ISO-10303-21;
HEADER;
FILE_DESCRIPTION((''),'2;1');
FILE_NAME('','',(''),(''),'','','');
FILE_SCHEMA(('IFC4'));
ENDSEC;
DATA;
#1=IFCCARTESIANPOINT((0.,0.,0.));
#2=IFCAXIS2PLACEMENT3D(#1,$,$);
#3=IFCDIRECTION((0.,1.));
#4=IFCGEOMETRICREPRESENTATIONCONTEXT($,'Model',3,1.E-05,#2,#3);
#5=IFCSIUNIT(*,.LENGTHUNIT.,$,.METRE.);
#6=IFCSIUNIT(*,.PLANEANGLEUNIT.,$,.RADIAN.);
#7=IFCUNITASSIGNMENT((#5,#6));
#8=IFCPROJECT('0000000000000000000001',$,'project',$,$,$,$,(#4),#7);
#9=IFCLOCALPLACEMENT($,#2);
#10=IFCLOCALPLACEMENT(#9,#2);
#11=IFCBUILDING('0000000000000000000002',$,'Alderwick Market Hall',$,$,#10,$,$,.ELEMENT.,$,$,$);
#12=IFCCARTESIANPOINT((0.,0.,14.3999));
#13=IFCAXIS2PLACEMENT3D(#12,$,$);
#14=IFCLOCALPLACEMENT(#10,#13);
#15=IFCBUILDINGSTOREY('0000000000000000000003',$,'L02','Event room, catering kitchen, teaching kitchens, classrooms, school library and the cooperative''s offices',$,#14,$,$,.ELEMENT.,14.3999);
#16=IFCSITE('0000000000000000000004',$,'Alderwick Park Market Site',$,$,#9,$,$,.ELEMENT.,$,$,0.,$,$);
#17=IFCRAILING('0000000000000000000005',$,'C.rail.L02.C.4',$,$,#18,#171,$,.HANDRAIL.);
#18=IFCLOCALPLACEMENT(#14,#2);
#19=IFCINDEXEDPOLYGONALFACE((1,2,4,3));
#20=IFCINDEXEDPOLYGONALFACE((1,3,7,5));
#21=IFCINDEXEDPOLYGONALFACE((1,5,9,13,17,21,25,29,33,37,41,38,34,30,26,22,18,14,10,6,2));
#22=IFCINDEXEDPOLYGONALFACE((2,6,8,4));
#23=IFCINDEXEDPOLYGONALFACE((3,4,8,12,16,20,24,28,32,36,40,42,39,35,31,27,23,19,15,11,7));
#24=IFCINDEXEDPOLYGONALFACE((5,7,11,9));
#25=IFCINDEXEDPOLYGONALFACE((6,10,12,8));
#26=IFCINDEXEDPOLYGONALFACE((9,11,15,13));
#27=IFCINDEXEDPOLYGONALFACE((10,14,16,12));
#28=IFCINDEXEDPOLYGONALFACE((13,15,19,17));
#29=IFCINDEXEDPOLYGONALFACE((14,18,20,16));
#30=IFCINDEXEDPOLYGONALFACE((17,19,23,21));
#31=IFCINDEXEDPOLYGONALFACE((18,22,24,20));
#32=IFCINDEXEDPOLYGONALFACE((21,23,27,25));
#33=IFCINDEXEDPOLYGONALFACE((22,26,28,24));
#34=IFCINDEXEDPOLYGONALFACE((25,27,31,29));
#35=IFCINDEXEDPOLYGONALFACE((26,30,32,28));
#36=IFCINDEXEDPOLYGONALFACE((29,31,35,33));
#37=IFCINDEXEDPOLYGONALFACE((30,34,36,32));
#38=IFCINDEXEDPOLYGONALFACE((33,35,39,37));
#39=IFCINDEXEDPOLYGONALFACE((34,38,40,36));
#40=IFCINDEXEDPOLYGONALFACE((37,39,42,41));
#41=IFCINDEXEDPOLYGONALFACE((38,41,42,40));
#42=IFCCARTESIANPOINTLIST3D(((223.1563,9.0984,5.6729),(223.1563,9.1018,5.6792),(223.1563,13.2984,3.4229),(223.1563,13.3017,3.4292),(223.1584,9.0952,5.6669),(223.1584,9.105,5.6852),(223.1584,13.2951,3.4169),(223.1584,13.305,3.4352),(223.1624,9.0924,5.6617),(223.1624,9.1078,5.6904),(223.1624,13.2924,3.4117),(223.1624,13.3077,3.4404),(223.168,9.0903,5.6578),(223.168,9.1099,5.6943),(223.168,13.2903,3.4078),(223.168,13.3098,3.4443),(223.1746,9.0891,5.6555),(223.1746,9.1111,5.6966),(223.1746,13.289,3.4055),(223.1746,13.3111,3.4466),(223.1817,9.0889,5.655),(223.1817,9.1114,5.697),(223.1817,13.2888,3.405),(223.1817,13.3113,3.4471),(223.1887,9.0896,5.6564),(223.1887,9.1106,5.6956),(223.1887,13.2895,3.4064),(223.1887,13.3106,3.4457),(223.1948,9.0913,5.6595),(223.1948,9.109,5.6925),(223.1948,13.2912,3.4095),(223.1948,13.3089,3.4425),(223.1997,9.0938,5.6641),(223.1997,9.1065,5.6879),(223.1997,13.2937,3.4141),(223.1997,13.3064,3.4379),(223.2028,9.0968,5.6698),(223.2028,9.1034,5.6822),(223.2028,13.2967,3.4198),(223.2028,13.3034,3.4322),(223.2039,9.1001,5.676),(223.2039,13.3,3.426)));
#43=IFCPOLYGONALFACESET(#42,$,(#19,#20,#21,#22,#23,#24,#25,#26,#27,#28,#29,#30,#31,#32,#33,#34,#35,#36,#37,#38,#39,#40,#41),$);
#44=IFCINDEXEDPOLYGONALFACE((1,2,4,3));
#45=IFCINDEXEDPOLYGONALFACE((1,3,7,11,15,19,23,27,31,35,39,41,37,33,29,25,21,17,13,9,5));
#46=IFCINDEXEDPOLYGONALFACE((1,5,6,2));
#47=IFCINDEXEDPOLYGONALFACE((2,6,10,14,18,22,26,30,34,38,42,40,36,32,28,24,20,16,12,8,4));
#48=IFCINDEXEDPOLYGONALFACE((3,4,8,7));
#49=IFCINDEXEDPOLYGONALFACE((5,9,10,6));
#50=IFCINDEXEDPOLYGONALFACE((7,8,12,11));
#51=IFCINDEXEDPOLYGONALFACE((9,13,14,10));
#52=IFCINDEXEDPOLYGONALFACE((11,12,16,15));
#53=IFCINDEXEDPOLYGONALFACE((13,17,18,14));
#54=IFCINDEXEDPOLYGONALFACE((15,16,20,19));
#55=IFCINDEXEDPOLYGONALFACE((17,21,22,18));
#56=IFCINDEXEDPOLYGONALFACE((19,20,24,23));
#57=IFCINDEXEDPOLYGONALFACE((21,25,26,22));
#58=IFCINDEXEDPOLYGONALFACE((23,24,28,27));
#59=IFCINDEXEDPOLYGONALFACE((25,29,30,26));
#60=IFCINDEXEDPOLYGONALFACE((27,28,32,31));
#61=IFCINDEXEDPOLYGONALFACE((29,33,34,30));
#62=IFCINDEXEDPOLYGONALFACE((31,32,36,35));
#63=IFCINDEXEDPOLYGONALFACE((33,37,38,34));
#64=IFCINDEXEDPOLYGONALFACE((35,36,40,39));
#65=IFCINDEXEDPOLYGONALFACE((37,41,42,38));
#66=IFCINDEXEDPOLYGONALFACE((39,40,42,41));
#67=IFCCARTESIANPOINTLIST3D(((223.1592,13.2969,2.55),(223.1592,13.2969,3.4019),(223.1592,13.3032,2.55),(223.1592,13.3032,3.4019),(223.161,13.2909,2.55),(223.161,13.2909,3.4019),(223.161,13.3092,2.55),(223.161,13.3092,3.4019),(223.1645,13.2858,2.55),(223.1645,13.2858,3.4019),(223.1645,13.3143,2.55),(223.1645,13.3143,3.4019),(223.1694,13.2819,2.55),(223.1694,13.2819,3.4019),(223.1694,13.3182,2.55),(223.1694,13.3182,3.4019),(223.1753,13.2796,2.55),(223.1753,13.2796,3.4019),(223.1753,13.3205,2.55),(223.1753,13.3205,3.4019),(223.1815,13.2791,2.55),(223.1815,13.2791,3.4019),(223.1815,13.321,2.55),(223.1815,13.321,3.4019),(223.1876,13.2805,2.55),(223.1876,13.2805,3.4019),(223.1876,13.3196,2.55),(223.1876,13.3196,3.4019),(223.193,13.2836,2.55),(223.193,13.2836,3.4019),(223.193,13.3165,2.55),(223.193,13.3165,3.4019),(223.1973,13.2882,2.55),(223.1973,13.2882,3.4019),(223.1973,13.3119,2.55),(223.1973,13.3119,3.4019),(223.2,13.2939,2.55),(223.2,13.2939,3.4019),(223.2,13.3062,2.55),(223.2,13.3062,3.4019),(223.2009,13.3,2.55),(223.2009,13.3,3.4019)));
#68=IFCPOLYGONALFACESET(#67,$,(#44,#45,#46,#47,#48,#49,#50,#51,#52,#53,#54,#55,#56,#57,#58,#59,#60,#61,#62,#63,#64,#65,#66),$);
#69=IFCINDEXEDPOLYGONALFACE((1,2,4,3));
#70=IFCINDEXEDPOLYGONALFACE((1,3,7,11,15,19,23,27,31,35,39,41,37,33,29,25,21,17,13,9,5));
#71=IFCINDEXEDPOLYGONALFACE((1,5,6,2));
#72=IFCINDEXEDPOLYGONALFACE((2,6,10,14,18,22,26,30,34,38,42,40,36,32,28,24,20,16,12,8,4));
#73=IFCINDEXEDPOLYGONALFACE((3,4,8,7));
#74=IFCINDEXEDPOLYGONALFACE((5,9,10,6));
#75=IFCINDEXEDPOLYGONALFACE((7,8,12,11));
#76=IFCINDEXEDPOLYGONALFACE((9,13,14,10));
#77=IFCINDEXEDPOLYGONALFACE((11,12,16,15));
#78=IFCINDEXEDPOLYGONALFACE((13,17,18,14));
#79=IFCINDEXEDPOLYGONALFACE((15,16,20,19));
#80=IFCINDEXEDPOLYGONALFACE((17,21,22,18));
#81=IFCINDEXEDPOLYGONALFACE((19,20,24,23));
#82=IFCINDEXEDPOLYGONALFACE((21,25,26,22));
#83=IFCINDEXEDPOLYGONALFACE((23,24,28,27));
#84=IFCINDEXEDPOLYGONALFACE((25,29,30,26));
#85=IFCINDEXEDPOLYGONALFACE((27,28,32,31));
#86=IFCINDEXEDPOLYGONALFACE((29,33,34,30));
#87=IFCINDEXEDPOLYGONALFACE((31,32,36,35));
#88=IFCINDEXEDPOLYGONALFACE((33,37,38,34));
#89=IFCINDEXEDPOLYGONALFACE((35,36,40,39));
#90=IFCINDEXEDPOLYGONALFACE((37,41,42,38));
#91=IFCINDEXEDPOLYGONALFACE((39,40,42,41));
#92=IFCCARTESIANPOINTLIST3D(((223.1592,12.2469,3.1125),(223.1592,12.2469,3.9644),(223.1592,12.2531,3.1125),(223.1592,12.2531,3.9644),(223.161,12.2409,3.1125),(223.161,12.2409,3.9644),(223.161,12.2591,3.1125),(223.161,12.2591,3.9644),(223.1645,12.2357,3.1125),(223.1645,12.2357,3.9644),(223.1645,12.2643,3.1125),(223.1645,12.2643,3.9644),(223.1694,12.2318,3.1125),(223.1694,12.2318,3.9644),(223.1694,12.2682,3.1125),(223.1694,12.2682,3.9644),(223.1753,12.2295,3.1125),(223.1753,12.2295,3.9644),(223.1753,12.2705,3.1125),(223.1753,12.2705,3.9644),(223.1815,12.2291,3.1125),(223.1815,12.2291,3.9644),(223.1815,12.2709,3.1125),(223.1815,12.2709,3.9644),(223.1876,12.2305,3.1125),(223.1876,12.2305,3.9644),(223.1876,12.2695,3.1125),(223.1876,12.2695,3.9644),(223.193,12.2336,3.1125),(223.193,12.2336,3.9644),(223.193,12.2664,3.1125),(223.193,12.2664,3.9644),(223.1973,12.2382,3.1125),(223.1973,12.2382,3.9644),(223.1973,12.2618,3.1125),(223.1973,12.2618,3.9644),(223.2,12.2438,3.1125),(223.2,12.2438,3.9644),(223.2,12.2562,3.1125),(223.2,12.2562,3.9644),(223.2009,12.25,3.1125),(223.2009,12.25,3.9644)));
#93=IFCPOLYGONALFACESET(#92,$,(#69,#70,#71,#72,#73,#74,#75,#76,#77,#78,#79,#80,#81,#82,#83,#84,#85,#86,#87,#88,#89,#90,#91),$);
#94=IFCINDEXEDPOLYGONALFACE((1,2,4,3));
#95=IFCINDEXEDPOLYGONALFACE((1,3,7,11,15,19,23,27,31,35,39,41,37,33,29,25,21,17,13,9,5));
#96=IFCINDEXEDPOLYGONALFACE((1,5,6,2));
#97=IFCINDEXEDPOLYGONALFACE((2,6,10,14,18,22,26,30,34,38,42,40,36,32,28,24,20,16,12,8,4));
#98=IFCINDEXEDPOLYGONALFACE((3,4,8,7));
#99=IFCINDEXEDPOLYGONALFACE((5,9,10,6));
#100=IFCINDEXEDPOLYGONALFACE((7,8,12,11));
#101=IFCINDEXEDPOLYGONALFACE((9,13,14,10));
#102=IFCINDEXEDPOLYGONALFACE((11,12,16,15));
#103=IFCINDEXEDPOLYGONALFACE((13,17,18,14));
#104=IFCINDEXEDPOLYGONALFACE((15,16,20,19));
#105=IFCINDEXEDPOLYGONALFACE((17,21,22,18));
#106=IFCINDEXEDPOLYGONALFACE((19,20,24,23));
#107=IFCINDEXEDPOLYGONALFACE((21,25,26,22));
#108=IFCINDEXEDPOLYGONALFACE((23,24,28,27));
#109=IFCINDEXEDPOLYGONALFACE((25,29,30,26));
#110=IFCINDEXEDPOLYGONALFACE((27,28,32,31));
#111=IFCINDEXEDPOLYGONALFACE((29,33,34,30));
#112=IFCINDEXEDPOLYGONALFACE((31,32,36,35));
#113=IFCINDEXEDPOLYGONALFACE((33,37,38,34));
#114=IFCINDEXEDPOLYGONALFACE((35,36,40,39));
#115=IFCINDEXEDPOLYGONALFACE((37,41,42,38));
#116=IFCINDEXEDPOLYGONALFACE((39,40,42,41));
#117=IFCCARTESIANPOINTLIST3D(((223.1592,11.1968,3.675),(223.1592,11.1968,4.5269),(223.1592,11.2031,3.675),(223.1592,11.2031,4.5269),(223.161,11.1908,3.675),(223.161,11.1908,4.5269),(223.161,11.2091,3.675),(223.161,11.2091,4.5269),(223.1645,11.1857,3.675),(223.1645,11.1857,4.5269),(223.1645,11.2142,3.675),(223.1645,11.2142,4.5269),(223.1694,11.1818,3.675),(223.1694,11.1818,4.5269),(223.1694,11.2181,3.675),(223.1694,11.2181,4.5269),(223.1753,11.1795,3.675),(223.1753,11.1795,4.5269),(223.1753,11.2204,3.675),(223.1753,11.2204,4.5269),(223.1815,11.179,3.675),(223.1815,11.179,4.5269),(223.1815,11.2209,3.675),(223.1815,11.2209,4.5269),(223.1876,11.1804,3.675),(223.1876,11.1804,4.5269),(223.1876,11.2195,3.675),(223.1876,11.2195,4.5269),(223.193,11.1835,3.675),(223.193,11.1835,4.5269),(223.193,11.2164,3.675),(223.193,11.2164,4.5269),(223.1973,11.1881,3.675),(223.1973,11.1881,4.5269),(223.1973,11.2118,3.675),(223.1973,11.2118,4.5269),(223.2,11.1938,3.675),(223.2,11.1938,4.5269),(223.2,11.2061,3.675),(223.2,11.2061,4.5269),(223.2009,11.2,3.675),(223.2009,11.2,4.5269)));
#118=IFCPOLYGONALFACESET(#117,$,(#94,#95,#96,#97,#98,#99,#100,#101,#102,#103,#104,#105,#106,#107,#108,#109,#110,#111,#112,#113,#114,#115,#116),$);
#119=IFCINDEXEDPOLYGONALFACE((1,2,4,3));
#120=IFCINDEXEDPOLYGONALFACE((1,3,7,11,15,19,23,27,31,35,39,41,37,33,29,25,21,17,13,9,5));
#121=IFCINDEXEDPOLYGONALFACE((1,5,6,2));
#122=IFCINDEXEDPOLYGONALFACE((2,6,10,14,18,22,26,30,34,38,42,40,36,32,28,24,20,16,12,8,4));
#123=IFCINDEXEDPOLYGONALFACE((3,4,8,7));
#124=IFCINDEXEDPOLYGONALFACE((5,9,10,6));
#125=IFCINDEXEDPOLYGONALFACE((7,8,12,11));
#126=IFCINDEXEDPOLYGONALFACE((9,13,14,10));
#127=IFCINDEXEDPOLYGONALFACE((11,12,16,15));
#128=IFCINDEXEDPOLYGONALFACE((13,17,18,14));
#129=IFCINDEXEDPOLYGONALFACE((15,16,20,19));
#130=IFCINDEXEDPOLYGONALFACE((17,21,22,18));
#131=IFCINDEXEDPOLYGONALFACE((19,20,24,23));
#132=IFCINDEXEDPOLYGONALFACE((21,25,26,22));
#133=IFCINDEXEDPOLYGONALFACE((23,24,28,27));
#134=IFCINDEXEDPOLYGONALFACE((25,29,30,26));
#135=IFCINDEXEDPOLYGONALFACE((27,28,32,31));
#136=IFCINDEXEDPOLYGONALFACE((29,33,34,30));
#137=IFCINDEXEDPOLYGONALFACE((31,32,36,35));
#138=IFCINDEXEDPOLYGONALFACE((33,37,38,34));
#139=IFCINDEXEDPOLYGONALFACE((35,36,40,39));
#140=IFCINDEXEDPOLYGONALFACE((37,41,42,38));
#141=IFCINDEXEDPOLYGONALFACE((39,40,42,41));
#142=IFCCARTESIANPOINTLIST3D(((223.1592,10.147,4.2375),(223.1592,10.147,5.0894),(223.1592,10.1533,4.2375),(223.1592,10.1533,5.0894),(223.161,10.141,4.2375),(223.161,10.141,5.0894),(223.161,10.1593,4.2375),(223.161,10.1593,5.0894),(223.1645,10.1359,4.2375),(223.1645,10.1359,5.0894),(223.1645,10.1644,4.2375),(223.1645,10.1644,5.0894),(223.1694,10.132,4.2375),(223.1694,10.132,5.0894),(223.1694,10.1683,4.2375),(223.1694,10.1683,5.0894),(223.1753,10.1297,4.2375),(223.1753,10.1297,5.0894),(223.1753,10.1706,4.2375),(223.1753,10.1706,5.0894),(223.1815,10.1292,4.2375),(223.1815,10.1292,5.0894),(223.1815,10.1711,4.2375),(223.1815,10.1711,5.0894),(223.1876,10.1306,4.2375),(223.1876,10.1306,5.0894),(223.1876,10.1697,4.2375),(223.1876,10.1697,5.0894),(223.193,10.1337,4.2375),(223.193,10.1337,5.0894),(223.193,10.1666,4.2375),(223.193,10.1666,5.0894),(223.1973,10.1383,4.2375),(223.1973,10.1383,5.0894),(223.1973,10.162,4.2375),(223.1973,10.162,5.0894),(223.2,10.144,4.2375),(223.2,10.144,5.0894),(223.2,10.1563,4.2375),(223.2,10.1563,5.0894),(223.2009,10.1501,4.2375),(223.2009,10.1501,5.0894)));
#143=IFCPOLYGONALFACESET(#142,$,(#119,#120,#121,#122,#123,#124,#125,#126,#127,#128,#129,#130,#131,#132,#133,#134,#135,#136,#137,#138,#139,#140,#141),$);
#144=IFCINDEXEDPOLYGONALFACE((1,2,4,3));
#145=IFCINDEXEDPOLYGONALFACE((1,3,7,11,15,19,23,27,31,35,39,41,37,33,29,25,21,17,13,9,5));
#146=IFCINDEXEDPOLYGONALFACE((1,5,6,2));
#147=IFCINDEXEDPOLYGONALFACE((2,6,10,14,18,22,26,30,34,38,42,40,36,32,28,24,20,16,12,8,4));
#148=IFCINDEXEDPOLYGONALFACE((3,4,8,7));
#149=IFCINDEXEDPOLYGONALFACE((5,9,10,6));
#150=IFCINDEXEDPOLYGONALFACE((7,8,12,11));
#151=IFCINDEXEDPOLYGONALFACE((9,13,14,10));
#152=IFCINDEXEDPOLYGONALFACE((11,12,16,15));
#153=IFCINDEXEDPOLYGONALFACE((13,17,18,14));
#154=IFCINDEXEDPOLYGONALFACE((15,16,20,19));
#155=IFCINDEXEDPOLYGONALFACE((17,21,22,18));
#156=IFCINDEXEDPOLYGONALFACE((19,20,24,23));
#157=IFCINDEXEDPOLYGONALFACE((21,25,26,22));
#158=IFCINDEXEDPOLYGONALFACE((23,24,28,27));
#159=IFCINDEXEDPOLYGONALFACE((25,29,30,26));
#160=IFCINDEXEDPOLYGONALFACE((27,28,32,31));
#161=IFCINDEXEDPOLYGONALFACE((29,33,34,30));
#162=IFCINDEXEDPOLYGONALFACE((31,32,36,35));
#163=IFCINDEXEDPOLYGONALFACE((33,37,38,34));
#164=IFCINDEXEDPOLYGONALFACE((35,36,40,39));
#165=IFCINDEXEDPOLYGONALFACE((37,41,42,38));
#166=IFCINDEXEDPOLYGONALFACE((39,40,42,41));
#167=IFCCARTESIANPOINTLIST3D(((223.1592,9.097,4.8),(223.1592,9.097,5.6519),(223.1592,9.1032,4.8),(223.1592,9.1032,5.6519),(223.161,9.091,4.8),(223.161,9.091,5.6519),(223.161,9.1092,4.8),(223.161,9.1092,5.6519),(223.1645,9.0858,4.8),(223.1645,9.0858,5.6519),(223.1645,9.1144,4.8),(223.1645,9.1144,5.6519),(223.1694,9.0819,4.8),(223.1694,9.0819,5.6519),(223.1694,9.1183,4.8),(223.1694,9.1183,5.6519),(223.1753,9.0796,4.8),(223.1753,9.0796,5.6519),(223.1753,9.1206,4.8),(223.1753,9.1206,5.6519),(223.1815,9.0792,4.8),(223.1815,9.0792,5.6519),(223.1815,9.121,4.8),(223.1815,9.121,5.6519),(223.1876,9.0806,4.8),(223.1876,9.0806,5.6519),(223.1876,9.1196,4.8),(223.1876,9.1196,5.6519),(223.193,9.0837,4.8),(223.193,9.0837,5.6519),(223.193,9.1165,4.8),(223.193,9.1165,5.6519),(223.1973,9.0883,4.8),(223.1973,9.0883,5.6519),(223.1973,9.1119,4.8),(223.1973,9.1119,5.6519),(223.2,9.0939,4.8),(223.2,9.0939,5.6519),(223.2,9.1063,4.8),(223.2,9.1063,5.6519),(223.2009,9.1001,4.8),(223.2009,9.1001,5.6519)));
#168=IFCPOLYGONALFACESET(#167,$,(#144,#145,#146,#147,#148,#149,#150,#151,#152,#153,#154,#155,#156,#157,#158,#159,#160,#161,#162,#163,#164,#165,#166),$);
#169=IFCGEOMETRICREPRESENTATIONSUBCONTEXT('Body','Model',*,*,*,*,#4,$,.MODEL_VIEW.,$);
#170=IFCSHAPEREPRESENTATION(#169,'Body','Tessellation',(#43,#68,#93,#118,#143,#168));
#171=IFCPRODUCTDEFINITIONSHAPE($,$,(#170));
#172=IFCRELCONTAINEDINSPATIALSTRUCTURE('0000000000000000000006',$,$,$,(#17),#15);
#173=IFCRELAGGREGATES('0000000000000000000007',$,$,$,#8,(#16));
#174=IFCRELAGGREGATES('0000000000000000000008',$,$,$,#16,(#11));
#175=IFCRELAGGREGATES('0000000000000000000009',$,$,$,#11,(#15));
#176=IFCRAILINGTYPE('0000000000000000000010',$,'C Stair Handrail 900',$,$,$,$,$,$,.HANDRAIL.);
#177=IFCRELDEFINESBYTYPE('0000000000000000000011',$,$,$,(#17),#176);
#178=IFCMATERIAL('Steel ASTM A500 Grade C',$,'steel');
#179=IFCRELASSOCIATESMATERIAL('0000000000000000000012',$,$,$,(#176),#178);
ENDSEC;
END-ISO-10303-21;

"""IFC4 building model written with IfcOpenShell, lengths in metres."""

from ifc_helpers import new_model, si_unit, direction, frame, origin, origin_2d, place, context, subcontext, project, spatial, circle, extrude, material, type_object, element, save


model = new_model("IFC4")

# Units and contexts
model_context = context("Model", 3, precision=1e-05, world=origin(), true_north=direction((0.0, 1.0)))
body_context = subcontext(model_context, "Body", "Model", "MODEL_VIEW")
ifc_project = project(units=[si_unit("LENGTHUNIT", "METRE"), si_unit("PLANEANGLEUNIT", "RADIAN")], contexts=[model_context])

# Site, building, storey
site_placement = place(None, origin())
site = spatial("IfcSite", under=ifc_project, at=site_placement, Name="Alderwick Park Market Site", CompositionType="ELEMENT", RefElevation=0.0)
building_placement = place(site_placement, origin())
building = spatial("IfcBuilding", under=site, at=building_placement, Name="Alderwick Market Hall", CompositionType="ELEMENT")
storey_placement = place(building_placement, frame((0.0, 0.0, 14.3999)))
storey = spatial("IfcBuildingStorey", under=building, at=storey_placement, Name="L02", Description="Event room, catering kitchen, teaching kitchens, classrooms, school library and the cooperative's offices", CompositionType="ELEMENT", Elevation=14.3999)

# Railing
ifc_material_1 = material(Name="Steel ASTM A500 Grade C", Category="steel")
railing_type_1 = type_object("IfcRailingType", Name="C Stair Handrail 900", PredefinedType="HANDRAIL", material=ifc_material_1)
for number, where, name in (
    (1, (223.1799, 13.3, 2.55), "C.rail.L02.C.4"),
):
    element("IfcRailing", number, at=place(storey_placement, frame(where)), inside=storey, type_object=railing_type_1, Name=name, PredefinedType="HANDRAIL", context=body_context, shape_type="SweptSolid", body=[
        extrude(circle(Radius=0.0239, at=origin_2d()), frame((0.0, 0.0, 0.876), z_axis=(0.0, -0.881478, 0.472226), x_axis=(1.0, 0.0, 0.0)), (0.0, 0.0, 1.0), 4.7646),
        extrude(circle(Radius=0.021, at=origin_2d()), origin(), (0.0, 0.0, 1.0), 0.8518),
        extrude(circle(Radius=0.021, at=origin_2d()), frame((0.0, -1.05, 0.5625)), (0.0, 0.0, 1.0), 0.8518),
        extrude(circle(Radius=0.021, at=origin_2d()), frame((0.0, -2.1001, 1.125)), (0.0, 0.0, 1.0), 0.8518),
        extrude(circle(Radius=0.021, at=origin_2d()), frame((0.0, -3.1499, 1.6875)), (0.0, 0.0, 1.0), 0.8518),
        extrude(circle(Radius=0.021, at=origin_2d()), frame((0.0, -4.2, 2.25)), (0.0, 0.0, 1.0), 0.8518),
    ])

save(model, "model.ifc")
